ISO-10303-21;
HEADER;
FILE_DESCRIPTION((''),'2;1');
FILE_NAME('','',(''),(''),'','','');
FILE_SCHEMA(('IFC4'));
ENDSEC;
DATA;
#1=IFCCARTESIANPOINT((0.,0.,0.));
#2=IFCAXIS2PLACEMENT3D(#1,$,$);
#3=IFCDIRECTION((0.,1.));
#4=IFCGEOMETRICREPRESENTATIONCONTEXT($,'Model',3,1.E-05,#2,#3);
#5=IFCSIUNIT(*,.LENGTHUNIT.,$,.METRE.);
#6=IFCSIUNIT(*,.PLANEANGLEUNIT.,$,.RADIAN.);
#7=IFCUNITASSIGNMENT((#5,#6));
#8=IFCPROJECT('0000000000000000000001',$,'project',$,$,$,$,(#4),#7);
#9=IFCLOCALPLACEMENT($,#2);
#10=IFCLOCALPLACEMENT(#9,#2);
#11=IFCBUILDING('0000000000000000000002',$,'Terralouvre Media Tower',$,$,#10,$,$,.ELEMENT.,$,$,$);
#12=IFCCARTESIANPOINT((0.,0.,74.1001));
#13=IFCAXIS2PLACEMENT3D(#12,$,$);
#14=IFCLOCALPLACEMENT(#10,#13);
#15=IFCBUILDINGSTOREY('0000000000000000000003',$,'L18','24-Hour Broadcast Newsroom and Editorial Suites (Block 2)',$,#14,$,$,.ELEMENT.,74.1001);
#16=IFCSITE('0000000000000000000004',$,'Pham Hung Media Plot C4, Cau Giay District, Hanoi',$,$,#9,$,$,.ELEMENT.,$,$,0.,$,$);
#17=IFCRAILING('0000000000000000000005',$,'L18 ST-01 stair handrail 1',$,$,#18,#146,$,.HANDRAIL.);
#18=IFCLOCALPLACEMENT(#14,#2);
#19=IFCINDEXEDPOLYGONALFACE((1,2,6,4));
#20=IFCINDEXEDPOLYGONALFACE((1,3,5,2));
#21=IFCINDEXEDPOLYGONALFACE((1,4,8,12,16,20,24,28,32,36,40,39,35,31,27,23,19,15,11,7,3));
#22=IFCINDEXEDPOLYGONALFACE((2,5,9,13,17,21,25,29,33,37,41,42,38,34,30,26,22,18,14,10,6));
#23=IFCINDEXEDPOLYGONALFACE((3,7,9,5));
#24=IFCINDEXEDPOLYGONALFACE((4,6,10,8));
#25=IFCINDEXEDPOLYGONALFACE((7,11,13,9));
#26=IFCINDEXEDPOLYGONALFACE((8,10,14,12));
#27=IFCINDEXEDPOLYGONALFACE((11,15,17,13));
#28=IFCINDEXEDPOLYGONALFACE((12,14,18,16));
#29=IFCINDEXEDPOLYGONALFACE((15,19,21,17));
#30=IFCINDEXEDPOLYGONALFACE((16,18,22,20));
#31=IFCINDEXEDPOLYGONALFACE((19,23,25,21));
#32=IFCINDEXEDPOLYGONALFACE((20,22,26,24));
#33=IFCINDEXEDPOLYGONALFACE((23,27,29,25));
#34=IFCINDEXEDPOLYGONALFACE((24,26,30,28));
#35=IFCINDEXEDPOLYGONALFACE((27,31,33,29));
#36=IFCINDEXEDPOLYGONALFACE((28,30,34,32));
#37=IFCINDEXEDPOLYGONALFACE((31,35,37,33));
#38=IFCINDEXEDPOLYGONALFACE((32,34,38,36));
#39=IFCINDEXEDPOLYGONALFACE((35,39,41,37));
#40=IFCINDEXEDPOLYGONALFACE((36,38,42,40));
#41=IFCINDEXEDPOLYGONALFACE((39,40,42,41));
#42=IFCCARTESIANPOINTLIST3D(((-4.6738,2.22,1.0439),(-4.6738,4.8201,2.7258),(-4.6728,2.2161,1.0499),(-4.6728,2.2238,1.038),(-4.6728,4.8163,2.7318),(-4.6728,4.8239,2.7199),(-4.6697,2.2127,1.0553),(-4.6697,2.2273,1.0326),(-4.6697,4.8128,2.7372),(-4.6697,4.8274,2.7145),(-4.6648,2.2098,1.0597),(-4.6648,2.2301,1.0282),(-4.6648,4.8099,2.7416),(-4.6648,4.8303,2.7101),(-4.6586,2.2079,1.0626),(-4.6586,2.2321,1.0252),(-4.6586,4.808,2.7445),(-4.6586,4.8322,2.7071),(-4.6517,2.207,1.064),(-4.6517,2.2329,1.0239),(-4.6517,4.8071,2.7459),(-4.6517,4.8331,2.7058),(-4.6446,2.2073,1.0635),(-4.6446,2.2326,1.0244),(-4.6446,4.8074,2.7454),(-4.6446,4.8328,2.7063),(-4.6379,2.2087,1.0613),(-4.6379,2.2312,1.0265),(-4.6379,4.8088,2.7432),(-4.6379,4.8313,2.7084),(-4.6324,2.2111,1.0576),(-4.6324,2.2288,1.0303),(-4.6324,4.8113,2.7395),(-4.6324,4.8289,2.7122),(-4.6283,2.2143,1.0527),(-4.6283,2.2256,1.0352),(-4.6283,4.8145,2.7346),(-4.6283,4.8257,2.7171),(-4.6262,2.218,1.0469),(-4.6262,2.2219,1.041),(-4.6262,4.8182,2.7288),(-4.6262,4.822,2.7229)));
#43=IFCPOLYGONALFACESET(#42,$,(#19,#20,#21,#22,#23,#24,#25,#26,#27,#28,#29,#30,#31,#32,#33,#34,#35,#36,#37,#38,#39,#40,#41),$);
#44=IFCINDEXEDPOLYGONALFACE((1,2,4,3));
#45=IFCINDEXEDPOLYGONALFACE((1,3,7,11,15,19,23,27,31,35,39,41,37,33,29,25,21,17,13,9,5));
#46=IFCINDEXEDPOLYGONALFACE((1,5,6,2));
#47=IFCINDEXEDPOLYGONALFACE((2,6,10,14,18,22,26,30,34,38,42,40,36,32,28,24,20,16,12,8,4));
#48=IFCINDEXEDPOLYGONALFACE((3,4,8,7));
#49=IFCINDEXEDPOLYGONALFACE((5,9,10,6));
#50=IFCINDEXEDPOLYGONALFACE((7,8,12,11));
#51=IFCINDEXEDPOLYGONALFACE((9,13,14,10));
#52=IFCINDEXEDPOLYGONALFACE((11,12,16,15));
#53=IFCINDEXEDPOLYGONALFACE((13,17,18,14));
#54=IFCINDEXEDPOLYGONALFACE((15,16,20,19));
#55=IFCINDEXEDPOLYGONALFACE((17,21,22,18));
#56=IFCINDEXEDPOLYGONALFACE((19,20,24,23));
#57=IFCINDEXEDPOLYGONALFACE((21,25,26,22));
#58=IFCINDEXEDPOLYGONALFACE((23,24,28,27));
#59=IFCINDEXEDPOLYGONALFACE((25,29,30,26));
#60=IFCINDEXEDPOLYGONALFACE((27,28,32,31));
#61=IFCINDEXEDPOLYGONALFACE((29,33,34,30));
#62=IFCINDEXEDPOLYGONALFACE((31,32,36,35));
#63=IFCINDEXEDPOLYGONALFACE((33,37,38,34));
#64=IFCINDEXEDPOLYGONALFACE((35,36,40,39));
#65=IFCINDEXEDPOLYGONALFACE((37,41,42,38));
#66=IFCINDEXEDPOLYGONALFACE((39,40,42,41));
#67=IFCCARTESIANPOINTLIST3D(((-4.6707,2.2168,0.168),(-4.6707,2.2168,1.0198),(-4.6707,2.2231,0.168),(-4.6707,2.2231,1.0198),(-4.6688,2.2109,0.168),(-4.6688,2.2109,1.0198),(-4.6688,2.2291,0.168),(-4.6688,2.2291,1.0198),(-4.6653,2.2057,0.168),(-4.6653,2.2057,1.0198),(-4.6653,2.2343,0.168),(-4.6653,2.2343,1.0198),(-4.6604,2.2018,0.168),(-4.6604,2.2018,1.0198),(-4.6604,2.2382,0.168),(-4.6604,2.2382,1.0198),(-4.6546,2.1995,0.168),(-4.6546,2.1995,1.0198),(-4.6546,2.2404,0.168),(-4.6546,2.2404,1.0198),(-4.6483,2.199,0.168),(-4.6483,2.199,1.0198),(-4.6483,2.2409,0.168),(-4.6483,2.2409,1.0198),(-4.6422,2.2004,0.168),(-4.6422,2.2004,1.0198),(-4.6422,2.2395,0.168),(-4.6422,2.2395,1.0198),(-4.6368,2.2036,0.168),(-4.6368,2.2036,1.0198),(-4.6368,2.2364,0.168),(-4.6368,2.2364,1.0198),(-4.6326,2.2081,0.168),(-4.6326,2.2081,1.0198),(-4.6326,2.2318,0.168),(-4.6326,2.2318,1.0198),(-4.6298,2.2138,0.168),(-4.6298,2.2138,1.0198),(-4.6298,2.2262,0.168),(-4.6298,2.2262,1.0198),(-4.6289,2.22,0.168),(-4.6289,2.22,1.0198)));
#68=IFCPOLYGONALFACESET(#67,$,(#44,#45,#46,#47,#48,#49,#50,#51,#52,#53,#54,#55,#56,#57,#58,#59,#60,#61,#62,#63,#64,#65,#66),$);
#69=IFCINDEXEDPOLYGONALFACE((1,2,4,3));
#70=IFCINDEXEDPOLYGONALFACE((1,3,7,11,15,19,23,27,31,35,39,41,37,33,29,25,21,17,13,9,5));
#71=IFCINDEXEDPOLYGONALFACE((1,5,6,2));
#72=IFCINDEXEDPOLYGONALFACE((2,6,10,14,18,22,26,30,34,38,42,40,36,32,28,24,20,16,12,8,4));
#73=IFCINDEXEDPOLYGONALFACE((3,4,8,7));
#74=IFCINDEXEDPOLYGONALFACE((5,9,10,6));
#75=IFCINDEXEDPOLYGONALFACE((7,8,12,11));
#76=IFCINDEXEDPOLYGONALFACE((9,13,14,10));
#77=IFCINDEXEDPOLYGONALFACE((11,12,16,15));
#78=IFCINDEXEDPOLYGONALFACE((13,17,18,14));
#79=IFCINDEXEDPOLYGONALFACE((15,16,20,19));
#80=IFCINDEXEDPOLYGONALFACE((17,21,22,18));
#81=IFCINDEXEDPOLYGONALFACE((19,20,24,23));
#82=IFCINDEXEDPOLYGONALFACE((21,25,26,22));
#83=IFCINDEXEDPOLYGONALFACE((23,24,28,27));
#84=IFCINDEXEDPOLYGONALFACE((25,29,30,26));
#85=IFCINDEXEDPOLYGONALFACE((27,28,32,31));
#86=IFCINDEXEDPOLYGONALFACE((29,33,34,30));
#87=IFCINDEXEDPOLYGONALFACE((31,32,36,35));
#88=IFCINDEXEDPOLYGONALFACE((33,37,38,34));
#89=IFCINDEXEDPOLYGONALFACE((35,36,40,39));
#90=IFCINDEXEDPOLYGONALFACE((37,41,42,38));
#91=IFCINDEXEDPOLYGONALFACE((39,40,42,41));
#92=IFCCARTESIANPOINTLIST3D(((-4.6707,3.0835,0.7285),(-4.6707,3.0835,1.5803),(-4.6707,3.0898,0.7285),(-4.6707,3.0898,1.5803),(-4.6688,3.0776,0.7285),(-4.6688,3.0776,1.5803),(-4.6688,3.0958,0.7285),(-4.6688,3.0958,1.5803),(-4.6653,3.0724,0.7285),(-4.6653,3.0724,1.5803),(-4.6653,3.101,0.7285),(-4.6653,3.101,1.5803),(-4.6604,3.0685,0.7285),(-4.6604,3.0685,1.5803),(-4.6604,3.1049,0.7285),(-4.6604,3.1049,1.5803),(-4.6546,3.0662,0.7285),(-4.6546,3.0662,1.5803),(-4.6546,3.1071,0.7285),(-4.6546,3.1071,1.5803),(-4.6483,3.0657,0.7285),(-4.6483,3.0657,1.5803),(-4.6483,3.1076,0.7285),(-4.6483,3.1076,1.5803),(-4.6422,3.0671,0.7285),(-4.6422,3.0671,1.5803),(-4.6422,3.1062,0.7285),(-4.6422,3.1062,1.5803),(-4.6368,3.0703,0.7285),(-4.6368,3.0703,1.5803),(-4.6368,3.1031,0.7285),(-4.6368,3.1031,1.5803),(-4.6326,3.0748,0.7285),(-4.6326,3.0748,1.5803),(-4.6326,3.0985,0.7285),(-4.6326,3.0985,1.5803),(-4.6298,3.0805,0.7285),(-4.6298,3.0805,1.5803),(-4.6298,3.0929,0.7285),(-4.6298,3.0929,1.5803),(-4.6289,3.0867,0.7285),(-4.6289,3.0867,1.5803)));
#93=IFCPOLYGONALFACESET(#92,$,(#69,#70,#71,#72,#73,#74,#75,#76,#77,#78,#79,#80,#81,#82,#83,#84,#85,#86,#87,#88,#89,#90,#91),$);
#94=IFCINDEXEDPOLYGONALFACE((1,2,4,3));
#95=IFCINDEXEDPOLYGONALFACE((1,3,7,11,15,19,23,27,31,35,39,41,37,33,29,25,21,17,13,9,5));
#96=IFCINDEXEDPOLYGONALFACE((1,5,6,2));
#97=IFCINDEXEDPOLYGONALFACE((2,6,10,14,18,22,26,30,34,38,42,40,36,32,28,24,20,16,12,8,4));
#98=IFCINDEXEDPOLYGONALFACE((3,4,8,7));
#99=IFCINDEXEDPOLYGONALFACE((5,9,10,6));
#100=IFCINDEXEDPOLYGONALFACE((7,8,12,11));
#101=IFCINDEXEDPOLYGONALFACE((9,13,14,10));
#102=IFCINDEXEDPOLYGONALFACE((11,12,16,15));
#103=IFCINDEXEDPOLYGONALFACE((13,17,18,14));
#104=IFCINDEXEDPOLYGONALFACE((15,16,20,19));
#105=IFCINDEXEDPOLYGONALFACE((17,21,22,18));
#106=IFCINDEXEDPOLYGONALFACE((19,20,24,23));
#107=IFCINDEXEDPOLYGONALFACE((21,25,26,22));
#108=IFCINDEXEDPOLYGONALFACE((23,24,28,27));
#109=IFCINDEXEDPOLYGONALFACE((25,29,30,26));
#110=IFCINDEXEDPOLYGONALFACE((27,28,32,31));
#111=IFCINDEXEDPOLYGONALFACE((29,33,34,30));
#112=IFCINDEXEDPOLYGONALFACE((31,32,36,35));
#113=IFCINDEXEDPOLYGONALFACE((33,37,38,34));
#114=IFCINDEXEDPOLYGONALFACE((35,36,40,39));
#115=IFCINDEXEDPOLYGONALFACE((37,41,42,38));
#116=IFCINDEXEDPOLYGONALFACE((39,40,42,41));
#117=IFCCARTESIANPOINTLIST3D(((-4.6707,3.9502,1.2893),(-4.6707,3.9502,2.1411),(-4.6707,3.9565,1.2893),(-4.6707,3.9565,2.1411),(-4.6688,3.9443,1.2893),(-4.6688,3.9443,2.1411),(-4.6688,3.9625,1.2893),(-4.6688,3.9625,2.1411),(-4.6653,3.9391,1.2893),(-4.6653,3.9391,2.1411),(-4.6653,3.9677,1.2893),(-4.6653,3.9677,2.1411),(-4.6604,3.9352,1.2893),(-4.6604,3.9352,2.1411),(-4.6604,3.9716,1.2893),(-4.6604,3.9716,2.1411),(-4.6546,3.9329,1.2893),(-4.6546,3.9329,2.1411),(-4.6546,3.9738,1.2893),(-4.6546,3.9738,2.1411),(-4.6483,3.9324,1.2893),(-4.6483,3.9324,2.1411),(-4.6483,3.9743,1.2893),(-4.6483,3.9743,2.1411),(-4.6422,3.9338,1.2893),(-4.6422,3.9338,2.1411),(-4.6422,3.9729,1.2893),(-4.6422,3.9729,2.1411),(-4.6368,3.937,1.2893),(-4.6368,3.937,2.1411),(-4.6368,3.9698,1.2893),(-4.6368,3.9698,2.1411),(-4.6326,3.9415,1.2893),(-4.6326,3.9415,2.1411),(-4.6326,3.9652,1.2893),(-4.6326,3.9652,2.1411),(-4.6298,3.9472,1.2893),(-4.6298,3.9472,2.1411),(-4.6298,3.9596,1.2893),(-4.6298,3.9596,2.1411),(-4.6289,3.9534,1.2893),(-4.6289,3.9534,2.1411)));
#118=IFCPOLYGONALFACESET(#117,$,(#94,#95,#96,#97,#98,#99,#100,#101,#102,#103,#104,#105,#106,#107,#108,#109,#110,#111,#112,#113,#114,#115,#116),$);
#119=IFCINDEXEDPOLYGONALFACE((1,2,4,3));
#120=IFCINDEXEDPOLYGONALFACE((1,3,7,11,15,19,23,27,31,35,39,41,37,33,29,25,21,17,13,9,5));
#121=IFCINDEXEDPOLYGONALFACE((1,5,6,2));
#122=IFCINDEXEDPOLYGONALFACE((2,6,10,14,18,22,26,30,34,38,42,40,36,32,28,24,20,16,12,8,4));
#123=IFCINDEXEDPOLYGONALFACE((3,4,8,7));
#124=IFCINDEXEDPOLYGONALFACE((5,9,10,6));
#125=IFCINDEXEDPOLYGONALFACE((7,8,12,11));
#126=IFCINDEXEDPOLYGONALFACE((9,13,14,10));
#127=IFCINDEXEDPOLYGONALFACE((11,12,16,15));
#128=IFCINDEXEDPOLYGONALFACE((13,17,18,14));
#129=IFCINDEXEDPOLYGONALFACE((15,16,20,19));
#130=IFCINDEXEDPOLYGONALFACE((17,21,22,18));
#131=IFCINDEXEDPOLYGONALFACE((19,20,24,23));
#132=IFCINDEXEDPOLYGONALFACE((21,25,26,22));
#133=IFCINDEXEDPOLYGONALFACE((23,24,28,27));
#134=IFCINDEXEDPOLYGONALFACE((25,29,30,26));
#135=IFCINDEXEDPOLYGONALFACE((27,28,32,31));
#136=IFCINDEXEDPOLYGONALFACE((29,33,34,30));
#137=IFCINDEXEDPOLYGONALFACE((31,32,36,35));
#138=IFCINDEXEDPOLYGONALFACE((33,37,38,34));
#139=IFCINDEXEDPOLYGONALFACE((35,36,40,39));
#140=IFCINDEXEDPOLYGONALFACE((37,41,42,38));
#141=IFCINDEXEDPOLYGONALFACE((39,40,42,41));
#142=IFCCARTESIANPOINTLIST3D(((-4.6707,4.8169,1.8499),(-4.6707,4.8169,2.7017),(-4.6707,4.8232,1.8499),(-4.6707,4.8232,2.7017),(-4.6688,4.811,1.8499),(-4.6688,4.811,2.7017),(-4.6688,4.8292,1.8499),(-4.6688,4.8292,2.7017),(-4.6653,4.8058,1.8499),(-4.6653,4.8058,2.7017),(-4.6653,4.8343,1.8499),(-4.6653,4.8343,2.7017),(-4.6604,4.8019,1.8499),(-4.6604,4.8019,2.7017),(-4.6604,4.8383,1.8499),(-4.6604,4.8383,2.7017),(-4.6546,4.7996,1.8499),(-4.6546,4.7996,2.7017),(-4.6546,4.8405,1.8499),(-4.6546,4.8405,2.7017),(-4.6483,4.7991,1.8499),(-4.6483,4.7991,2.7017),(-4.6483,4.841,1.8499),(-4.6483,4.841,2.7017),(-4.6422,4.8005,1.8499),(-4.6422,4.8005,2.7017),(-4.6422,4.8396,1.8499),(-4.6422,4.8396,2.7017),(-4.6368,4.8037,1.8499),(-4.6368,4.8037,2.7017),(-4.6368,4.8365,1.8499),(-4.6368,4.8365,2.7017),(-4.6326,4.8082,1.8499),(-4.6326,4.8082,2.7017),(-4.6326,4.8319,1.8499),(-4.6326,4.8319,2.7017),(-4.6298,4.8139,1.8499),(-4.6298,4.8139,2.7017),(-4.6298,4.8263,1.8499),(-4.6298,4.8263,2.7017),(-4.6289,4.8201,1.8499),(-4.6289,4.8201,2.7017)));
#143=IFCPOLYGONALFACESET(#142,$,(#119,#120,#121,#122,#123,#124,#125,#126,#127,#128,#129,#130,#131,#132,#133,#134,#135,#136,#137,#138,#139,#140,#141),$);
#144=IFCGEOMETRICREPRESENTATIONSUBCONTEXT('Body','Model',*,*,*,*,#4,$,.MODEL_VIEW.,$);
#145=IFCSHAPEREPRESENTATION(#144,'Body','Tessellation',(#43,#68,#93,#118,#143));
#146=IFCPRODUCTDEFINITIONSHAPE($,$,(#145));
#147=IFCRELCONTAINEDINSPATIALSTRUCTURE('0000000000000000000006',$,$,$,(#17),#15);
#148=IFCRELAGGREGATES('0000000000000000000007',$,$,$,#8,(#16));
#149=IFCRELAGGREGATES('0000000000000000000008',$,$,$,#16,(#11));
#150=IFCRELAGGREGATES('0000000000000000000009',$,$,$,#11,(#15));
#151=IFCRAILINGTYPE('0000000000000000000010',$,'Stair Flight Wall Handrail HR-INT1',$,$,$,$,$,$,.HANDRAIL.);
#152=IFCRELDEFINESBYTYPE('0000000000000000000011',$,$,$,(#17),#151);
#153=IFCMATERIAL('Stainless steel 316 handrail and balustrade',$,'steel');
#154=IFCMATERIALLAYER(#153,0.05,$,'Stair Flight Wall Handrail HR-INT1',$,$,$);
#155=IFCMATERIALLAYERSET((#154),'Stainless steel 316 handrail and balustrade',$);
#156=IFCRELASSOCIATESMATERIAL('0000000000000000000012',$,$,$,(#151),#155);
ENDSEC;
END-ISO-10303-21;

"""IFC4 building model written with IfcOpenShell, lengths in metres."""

from ifc_helpers import new_model, si_unit, direction, frame, origin, origin_2d, place, context, subcontext, project, spatial, circle, extrude, material, layer, layer_set, type_object, element, save


model = new_model("IFC4")

# Units and contexts
model_context = context("Model", 3, precision=1e-05, world=origin(), true_north=direction((0.0, 1.0)))
body_context = subcontext(model_context, "Body", "Model", "MODEL_VIEW")
ifc_project = project(units=[si_unit("LENGTHUNIT", "METRE"), si_unit("PLANEANGLEUNIT", "RADIAN")], contexts=[model_context])

# Site, building, storey
site_placement = place(None, origin())
site = spatial("IfcSite", under=ifc_project, at=site_placement, Name="Pham Hung Media Plot C4, Cau Giay District, Hanoi", CompositionType="ELEMENT", RefElevation=0.0)
building_placement = place(site_placement, origin())
building = spatial("IfcBuilding", under=site, at=building_placement, Name="Terralouvre Media Tower", CompositionType="ELEMENT")
storey_placement = place(building_placement, frame((0.0, 0.0, 74.1001)))
storey = spatial("IfcBuildingStorey", under=building, at=storey_placement, Name="L18", Description="24-Hour Broadcast Newsroom and Editorial Suites (Block 2)", CompositionType="ELEMENT", Elevation=74.1001)

# Railing
ifc_material_1 = material(Name="Stainless steel 316 handrail and balustrade", Category="steel")
ifc_layer_1 = layer(ifc_material_1, 0.05, Name="Stair Flight Wall Handrail HR-INT1")
ifc_layer_set_1 = layer_set([ifc_layer_1], Name="Stainless steel 316 handrail and balustrade")
railing_type_1 = type_object("IfcRailingType", Name="Stair Flight Wall Handrail HR-INT1", PredefinedType="HANDRAIL", material=ifc_layer_set_1)
railing_1_placement = place(storey_placement, frame((-4.6499, 2.22, 0.168)))
element("IfcRailing", 1, at=railing_1_placement, inside=storey, type_object=railing_type_1, Name="L18 ST-01 stair handrail 1", PredefinedType="HANDRAIL", context=body_context, shape_type="SweptSolid", body=[
    extrude(circle(Radius=0.0239, at=origin_2d()), frame((0.0, 0.0, 0.876), z_axis=(0.0, 0.839648, 0.54313), x_axis=(-1.0, 0.0, 0.0)), (0.0, 0.0, 1.0), 3.0967),
    extrude(circle(Radius=0.021, at=origin_2d()), origin(), (0.0, 0.0, 1.0), 0.8518),
    extrude(circle(Radius=0.021, at=origin_2d()), frame((0.0, 0.8667, 0.5605)), (0.0, 0.0, 1.0), 0.8518),
    extrude(circle(Radius=0.021, at=origin_2d()), frame((0.0, 1.7334, 1.1213)), (0.0, 0.0, 1.0), 0.8518),
    extrude(circle(Radius=0.021, at=origin_2d()), frame((0.0, 2.6001, 1.6819)), (0.0, 0.0, 1.0), 0.8518),
])

save(model, "model.ifc")
